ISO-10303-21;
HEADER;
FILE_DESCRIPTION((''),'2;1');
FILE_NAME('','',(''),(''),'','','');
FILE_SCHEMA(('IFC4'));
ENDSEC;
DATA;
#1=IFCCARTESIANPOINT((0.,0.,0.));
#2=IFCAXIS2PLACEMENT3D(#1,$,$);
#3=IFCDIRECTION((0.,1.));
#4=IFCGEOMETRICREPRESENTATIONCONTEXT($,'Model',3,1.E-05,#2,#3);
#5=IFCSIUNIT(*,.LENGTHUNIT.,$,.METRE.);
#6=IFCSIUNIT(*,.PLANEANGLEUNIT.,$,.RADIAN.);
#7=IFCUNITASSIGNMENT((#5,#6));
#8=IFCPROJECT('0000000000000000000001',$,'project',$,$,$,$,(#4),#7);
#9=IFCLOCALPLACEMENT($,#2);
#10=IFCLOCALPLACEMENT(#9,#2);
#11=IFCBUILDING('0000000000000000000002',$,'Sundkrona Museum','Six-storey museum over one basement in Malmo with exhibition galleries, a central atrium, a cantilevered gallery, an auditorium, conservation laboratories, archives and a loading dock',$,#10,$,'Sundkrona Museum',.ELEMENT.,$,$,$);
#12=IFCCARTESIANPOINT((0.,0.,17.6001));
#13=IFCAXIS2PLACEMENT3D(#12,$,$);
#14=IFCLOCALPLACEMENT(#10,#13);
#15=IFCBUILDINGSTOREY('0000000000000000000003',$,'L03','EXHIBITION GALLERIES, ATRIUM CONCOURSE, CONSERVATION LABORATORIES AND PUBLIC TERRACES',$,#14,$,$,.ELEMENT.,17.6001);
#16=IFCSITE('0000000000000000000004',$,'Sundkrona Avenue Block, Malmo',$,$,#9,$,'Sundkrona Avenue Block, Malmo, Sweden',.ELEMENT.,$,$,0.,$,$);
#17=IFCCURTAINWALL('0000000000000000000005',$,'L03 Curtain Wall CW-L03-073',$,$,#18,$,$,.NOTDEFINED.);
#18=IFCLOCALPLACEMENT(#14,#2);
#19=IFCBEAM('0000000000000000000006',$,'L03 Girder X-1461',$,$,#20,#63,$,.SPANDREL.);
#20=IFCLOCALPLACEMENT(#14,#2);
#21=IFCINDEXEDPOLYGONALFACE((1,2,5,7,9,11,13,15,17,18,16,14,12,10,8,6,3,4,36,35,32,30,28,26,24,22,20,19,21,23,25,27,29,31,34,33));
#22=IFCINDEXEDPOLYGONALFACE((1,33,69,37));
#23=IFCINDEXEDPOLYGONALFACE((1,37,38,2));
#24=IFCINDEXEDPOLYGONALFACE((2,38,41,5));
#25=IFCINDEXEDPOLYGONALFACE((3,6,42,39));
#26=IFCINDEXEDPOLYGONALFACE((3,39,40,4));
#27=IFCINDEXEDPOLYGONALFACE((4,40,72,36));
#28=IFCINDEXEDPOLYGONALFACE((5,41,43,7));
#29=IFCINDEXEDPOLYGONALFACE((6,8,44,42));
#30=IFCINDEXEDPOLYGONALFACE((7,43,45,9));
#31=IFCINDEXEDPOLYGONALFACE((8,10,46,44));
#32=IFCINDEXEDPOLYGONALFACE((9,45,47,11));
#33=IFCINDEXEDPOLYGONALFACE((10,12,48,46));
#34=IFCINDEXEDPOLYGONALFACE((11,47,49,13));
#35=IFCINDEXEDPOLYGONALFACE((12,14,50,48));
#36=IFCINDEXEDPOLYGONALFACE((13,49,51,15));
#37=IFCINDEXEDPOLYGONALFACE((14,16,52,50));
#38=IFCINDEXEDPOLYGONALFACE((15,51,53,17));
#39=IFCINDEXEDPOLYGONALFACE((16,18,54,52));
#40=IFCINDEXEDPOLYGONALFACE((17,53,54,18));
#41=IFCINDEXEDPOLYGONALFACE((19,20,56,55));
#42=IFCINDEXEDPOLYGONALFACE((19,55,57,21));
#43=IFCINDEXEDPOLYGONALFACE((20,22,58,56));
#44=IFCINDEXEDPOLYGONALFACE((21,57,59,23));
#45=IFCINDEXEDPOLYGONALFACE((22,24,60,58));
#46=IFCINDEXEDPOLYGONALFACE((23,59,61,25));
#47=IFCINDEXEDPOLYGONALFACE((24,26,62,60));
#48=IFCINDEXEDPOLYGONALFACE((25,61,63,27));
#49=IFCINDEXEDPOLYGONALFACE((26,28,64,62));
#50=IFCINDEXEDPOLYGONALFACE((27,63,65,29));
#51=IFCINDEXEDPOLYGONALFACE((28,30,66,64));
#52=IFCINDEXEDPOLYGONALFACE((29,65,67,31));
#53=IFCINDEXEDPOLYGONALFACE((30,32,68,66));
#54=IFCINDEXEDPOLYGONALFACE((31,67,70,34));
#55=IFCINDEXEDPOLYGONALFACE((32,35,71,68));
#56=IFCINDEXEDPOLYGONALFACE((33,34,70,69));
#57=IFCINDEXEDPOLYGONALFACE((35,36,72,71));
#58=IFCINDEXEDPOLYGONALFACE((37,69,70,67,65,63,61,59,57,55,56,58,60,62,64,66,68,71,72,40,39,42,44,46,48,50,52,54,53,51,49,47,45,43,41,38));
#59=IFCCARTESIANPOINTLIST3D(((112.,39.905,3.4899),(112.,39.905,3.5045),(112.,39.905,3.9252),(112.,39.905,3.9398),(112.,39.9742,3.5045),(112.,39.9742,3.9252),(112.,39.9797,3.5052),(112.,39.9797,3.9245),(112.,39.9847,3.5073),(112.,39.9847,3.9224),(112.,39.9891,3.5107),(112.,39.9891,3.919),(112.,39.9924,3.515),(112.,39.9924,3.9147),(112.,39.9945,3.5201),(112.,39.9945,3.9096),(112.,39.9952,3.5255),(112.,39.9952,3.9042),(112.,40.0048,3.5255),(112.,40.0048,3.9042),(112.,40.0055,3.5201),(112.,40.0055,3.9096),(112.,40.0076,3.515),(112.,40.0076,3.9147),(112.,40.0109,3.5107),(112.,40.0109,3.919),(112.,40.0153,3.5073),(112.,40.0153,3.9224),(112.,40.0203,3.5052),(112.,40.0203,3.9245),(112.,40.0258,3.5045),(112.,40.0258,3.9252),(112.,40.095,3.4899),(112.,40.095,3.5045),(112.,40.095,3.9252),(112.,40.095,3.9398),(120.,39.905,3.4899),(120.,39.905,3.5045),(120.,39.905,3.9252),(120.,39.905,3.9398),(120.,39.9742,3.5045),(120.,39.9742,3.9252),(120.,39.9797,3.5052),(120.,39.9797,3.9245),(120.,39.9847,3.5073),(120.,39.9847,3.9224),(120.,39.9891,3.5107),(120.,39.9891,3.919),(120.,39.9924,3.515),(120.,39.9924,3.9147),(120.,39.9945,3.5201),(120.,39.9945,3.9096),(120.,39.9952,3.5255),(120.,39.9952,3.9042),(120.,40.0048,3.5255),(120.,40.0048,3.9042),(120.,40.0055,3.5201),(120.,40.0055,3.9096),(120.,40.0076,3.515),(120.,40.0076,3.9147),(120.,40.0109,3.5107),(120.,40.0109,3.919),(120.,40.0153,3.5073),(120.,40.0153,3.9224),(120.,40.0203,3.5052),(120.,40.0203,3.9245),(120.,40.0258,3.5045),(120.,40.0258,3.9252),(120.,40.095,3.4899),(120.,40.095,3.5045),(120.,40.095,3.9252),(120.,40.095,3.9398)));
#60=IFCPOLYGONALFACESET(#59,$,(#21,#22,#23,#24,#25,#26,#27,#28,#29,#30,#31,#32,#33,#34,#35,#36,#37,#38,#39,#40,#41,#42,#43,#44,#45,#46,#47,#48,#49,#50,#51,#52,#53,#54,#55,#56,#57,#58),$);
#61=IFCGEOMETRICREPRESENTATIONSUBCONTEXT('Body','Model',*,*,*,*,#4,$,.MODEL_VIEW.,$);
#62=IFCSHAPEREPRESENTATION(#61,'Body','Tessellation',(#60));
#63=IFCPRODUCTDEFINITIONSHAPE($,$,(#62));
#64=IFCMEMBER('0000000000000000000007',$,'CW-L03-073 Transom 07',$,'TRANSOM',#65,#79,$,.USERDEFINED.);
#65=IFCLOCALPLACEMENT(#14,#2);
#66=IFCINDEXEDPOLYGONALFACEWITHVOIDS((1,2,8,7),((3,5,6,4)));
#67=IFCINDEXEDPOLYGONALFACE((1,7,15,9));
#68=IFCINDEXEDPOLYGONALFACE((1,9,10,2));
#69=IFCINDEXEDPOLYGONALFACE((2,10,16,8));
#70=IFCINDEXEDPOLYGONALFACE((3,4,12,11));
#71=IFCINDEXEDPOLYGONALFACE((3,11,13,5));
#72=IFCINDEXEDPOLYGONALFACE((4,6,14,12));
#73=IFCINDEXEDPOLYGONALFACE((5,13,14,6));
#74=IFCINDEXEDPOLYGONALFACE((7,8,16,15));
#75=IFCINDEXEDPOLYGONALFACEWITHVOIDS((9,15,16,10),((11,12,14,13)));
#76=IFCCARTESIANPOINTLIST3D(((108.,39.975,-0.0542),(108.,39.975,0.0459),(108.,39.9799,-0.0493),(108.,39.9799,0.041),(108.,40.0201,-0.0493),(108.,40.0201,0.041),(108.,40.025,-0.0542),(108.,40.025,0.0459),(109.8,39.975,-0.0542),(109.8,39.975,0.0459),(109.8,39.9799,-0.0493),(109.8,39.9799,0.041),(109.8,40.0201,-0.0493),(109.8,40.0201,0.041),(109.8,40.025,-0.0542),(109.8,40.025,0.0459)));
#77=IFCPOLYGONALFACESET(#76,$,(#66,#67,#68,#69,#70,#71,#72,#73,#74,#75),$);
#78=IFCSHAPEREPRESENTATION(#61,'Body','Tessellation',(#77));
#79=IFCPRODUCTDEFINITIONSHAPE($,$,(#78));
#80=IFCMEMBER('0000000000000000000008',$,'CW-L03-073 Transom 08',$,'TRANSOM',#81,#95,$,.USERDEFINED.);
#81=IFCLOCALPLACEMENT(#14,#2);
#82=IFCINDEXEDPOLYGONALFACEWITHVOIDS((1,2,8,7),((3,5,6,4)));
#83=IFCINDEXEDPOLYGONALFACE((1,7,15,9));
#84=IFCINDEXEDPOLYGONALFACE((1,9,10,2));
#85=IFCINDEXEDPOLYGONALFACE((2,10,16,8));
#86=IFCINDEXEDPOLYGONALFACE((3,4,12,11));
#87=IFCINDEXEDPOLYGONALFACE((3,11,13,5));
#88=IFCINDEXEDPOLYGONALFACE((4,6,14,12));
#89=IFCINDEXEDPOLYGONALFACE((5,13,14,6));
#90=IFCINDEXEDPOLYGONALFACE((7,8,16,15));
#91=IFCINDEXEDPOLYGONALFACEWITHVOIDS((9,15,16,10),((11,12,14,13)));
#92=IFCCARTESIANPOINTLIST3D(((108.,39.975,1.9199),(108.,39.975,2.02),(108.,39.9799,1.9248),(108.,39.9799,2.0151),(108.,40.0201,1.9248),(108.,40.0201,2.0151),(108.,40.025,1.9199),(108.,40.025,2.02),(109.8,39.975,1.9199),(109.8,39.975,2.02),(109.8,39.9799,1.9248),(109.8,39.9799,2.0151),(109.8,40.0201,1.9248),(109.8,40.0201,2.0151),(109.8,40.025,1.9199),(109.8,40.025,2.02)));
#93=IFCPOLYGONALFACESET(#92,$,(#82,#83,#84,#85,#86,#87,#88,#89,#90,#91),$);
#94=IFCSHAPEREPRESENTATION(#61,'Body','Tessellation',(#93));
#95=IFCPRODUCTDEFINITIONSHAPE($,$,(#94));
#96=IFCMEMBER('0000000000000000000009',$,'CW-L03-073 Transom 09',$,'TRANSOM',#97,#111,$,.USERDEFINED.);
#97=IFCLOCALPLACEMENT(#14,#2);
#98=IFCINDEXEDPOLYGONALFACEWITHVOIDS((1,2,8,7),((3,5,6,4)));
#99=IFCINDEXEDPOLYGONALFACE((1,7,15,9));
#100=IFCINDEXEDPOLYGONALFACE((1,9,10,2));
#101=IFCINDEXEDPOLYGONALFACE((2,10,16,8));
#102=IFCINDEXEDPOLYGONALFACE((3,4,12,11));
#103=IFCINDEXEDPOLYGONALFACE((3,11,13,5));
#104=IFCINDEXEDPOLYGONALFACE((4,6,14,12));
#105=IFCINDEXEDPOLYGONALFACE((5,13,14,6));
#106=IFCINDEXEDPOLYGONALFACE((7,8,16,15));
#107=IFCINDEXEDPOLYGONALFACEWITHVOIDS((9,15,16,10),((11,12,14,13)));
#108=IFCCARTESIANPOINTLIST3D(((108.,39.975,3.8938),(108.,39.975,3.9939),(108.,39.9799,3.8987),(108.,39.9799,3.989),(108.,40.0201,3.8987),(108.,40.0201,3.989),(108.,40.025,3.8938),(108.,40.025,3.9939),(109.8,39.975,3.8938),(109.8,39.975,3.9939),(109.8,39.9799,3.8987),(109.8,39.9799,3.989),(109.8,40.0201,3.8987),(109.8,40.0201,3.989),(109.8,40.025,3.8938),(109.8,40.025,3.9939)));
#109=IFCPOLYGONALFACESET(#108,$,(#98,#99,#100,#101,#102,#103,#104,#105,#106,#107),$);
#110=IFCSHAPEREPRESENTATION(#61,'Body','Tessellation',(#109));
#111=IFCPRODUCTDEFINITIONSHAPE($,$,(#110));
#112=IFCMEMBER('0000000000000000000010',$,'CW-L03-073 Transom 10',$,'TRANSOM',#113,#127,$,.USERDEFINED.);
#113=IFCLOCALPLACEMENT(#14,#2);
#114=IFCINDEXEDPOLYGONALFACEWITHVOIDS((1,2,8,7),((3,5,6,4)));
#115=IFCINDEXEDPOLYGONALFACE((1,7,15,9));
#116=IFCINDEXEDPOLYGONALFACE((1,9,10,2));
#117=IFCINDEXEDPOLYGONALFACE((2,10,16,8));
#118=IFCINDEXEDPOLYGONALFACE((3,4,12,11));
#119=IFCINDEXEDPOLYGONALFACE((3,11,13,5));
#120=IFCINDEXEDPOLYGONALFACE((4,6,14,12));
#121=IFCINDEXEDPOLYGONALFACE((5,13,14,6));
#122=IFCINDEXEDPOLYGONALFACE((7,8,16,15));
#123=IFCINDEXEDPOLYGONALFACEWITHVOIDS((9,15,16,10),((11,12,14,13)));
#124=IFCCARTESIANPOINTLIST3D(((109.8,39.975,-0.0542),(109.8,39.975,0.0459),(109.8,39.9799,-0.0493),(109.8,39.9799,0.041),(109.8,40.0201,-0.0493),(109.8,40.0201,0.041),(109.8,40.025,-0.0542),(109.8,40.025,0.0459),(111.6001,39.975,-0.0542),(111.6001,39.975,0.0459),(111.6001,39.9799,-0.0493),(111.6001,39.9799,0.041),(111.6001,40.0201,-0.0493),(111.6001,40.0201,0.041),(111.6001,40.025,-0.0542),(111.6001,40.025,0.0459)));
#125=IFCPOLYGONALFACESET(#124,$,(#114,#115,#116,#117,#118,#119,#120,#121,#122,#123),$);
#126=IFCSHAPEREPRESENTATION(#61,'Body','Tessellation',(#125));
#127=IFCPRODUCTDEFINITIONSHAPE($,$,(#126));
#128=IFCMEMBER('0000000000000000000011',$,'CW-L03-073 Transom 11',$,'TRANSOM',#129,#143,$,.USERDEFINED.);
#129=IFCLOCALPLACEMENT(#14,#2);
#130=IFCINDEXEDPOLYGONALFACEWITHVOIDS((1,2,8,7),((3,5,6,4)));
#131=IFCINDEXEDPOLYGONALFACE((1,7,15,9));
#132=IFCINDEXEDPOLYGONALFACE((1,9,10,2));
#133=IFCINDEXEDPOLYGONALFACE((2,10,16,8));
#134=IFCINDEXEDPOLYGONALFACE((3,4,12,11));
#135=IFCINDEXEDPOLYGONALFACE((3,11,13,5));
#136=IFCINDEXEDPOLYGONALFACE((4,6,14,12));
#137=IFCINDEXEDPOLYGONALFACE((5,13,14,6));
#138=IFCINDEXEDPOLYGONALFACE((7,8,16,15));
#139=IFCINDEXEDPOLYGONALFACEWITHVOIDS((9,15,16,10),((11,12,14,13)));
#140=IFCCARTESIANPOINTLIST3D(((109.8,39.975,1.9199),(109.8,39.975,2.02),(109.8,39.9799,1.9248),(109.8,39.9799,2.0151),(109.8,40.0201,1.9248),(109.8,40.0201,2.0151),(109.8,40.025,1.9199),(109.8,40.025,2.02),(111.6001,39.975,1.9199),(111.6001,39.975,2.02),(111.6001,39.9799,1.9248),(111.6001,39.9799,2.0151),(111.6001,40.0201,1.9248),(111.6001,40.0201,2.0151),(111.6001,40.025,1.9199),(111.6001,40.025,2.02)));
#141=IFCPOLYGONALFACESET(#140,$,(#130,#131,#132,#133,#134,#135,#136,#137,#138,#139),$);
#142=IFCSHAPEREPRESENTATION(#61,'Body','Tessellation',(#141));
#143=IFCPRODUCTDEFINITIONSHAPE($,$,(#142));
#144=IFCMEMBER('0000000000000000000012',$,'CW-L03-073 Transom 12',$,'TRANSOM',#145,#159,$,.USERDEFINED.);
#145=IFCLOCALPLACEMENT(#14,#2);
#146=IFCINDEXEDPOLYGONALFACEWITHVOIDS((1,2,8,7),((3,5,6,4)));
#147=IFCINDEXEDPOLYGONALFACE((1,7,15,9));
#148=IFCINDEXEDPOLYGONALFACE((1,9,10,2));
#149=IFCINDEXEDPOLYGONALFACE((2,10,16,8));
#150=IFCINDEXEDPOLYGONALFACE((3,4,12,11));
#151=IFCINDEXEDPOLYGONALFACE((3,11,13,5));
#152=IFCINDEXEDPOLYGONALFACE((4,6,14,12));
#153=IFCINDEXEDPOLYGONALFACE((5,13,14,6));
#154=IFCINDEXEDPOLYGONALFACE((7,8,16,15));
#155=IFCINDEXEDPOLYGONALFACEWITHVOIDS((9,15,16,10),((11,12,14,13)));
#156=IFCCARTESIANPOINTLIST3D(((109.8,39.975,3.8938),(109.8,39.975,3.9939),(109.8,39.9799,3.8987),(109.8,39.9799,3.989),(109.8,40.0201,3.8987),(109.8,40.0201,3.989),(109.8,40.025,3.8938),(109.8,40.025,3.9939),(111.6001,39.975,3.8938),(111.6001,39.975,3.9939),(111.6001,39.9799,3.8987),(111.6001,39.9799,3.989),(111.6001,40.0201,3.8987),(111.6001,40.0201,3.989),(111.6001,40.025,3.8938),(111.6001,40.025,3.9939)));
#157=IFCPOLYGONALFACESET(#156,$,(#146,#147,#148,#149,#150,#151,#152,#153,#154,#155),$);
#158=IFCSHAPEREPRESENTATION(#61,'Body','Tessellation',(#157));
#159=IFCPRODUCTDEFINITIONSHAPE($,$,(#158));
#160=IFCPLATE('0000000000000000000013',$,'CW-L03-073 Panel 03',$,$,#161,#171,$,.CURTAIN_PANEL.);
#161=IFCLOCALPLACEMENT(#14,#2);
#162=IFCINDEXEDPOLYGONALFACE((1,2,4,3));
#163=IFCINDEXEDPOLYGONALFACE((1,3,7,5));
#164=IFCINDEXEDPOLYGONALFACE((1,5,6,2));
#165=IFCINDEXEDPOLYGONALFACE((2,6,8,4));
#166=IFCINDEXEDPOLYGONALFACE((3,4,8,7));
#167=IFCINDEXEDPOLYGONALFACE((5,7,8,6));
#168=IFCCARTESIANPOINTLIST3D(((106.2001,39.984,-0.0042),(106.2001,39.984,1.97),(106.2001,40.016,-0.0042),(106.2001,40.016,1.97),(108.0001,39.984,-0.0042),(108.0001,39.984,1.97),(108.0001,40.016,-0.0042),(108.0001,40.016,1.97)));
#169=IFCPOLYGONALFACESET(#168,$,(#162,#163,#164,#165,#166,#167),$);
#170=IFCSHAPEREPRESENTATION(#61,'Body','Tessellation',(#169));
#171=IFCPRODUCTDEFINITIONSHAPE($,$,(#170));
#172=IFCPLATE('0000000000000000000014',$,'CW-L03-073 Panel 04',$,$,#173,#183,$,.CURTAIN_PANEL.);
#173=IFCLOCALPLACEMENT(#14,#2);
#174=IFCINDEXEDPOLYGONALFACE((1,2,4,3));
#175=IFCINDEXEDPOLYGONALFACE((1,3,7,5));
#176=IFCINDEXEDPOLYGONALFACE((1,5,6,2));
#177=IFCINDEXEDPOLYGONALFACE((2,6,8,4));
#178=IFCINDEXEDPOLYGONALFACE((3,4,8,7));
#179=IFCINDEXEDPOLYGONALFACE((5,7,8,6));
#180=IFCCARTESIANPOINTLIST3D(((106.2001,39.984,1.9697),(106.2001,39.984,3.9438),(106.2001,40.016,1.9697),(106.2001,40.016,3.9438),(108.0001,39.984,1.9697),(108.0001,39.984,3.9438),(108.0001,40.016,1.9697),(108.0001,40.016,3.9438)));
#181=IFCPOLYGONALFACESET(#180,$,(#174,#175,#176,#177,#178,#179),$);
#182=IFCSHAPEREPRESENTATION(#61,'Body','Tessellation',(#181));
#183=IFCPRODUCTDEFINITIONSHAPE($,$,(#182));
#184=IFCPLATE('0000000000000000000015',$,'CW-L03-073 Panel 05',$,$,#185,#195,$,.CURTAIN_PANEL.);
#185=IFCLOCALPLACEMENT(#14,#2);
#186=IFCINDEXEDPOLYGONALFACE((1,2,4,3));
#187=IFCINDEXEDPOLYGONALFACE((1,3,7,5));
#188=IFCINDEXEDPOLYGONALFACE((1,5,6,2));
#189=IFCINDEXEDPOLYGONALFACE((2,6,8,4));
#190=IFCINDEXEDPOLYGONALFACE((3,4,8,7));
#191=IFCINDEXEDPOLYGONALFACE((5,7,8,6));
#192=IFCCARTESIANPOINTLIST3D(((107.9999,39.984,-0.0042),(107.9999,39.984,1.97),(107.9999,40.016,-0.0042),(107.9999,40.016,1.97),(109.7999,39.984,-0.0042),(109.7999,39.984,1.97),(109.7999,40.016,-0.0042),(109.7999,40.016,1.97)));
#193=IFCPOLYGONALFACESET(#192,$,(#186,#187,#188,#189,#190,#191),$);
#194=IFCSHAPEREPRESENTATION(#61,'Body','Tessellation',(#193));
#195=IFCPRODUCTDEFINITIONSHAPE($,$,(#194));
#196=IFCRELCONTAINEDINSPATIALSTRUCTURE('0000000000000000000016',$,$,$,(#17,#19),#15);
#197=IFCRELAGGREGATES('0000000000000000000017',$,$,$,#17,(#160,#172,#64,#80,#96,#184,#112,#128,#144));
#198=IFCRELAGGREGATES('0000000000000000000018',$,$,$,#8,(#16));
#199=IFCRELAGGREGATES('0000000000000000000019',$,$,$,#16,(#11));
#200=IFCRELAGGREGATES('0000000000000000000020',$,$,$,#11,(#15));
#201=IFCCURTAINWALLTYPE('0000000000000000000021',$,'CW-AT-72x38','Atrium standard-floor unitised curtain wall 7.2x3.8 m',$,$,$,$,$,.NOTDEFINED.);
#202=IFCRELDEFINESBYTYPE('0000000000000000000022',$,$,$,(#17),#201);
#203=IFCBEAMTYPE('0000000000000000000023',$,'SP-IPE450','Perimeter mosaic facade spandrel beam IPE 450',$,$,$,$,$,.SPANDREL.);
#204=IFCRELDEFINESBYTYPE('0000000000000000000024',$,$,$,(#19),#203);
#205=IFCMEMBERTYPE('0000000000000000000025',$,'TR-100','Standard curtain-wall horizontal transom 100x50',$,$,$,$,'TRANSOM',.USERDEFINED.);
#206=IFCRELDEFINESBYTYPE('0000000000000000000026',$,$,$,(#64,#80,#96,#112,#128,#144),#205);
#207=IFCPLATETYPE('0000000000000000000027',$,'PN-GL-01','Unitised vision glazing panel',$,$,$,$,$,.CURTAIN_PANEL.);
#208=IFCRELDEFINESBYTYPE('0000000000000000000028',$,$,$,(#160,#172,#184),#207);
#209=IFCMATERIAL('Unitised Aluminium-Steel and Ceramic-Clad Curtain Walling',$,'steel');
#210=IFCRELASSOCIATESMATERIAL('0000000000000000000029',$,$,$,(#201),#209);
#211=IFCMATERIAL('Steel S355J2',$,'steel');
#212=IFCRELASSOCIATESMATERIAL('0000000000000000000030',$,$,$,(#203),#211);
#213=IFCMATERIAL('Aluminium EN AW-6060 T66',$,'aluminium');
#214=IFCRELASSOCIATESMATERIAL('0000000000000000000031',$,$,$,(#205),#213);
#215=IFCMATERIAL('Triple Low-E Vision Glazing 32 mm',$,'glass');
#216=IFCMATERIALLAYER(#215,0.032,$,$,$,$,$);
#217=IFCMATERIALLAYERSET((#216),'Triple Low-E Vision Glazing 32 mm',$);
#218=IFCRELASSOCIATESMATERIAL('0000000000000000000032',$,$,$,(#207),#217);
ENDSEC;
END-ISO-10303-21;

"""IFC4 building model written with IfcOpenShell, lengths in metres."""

from ifc_helpers import new_model, si_unit, direction, frame, origin, origin_2d, place, context, subcontext, project, spatial, rectangle, hollow_rectangle, i_section, extrude, material, layer, layer_set, material_profile, profile_set, type_object, element, aggregate, save


model = new_model("IFC4")

# Units and contexts
model_context = context("Model", 3, precision=1e-05, world=origin(), true_north=direction((0.0, 1.0)))
body_context = subcontext(model_context, "Body", "Model", "MODEL_VIEW")
ifc_project = project(units=[si_unit("LENGTHUNIT", "METRE"), si_unit("PLANEANGLEUNIT", "RADIAN")], contexts=[model_context])

# Site, building, storey
site_placement = place(None, origin())
site = spatial("IfcSite", under=ifc_project, at=site_placement, Name="Sundkrona Avenue Block, Malmo", LongName="Sundkrona Avenue Block, Malmo, Sweden", CompositionType="ELEMENT", RefElevation=0.0)
building_placement = place(site_placement, origin())
building = spatial("IfcBuilding", under=site, at=building_placement, Name="Sundkrona Museum", Description="Six-storey museum over one basement in Malmo with exhibition galleries, a central atrium, a cantilevered gallery, an auditorium, conservation laboratories, archives and a loading dock", LongName="Sundkrona Museum", CompositionType="ELEMENT")
storey_placement = place(building_placement, frame((0.0, 0.0, 17.6001)))
storey = spatial("IfcBuildingStorey", under=building, at=storey_placement, Name="L03", Description="EXHIBITION GALLERIES, ATRIUM CONCOURSE, CONSERVATION LABORATORIES AND PUBLIC TERRACES", CompositionType="ELEMENT", Elevation=17.6001)

# Shared definitions
ifc_material_1 = material(Name="Steel S355J2", Category="steel")

# Curtain wall
ifc_material_2 = material(Name="Unitised Aluminium-Steel and Ceramic-Clad Curtain Walling", Category="steel")
curtain_wall_type = type_object("IfcCurtainWallType", Name="CW-AT-72x38", Description="Atrium standard-floor unitised curtain wall 7.2x3.8 m", PredefinedType="NOTDEFINED", material=ifc_material_2)
curtain_wall_1_placement = place(storey_placement, origin())
curtain_wall_1 = element("IfcCurtainWall", 1, at=curtain_wall_1_placement, inside=storey, type_object=curtain_wall_type, Name="L03 Curtain Wall CW-L03-073", PredefinedType="NOTDEFINED")
ifc_material_3 = material(Name="Aluminium EN AW-6060 T66", Category="aluminium")

# Beam
ifc_material_profile_1 = material_profile(ifc_material_1, i_section(OverallWidth=0.1899, OverallDepth=0.45, WebThickness=0.0095, FlangeThickness=0.0146, FilletRadius=0.021, at=origin_2d()), Name="IPE 450")
ifc_profile_set_1 = profile_set([ifc_material_profile_1], Name="Steel S355J2")
beam_type_1 = type_object("IfcBeamType", Name="SP-IPE450", Description="Perimeter mosaic facade spandrel beam IPE 450", PredefinedType="SPANDREL", material=ifc_profile_set_1)
beam_1_placement = place(storey_placement, frame((112.0, 40.0, 3.7148), z_axis=(1.0, 0.0, 0.0), x_axis=(0.0, 1.0, 0.0)))
element("IfcBeam", 2, at=beam_1_placement, inside=storey, type_object=beam_type_1, Name="L03 Girder X-1461", PredefinedType="SPANDREL", context=body_context, shape_type="SweptSolid", body=[
    extrude(i_section(OverallWidth=0.1899, OverallDepth=0.45, WebThickness=0.0095, FlangeThickness=0.0146, FilletRadius=0.021, at=origin_2d()), origin(), (0.0, 0.0, 1.0), 8.0),
])

# Members
ifc_material_profile_2 = material_profile(ifc_material_3, hollow_rectangle(XDim=0.05, YDim=0.1001, WallThickness=0.0049, at=origin_2d()), Name="RHS 100x50x5.0")
ifc_profile_set_2 = profile_set([ifc_material_profile_2], Name="Aluminium EN AW-6060 T66")
member_type_1 = type_object("IfcMemberType", Name="TR-100", Description="Standard curtain-wall horizontal transom 100x50", ElementType="TRANSOM", PredefinedType="USERDEFINED", material=ifc_profile_set_2)
member_1_placement = place(storey_placement, frame((108.0, 40.0, -0.0042), z_axis=(1.0, 0.0, 0.0), x_axis=(0.0, 1.0, 0.0)))
member_1 = element("IfcMember", 3, at=member_1_placement, type_object=member_type_1, Name="CW-L03-073 Transom 07", ObjectType="TRANSOM", PredefinedType="USERDEFINED", context=body_context, shape_type="SweptSolid", body=[
    extrude(hollow_rectangle(XDim=0.05, YDim=0.1001, WallThickness=0.0049, at=origin_2d()), origin(), (0.0, 0.0, 1.0), 1.8),
])
member_2_placement = place(storey_placement, frame((108.0, 40.0, 1.97), z_axis=(1.0, 0.0, 0.0), x_axis=(0.0, 1.0, 0.0)))
member_2 = element("IfcMember", 4, at=member_2_placement, type_object=member_type_1, Name="CW-L03-073 Transom 08", ObjectType="TRANSOM", PredefinedType="USERDEFINED", context=body_context, shape_type="SweptSolid", body=[
    extrude(hollow_rectangle(XDim=0.05, YDim=0.1001, WallThickness=0.0049, at=origin_2d()), origin(), (0.0, 0.0, 1.0), 1.8),
])
member_3_placement = place(storey_placement, frame((108.0, 40.0, 3.9438), z_axis=(1.0, 0.0, 0.0), x_axis=(0.0, 1.0, 0.0)))
member_3 = element("IfcMember", 5, at=member_3_placement, type_object=member_type_1, Name="CW-L03-073 Transom 09", ObjectType="TRANSOM", PredefinedType="USERDEFINED", context=body_context, shape_type="SweptSolid", body=[
    extrude(hollow_rectangle(XDim=0.05, YDim=0.1001, WallThickness=0.0049, at=origin_2d()), origin(), (0.0, 0.0, 1.0), 1.8),
])
member_4_placement = place(storey_placement, frame((109.8, 40.0, -0.0042), z_axis=(1.0, 0.0, 0.0), x_axis=(0.0, 1.0, 0.0)))
member_4 = element("IfcMember", 6, at=member_4_placement, type_object=member_type_1, Name="CW-L03-073 Transom 10", ObjectType="TRANSOM", PredefinedType="USERDEFINED", context=body_context, shape_type="SweptSolid", body=[
    extrude(hollow_rectangle(XDim=0.05, YDim=0.1001, WallThickness=0.0049, at=origin_2d()), origin(), (0.0, 0.0, 1.0), 1.8),
])
member_5_placement = place(storey_placement, frame((109.8, 40.0, 1.97), z_axis=(1.0, 0.0, 0.0), x_axis=(0.0, 1.0, 0.0)))
member_5 = element("IfcMember", 7, at=member_5_placement, type_object=member_type_1, Name="CW-L03-073 Transom 11", ObjectType="TRANSOM", PredefinedType="USERDEFINED", context=body_context, shape_type="SweptSolid", body=[
    extrude(hollow_rectangle(XDim=0.05, YDim=0.1001, WallThickness=0.0049, at=origin_2d()), origin(), (0.0, 0.0, 1.0), 1.8),
])
member_6_placement = place(storey_placement, frame((109.8, 40.0, 3.9438), z_axis=(1.0, 0.0, 0.0), x_axis=(0.0, 1.0, 0.0)))
member_6 = element("IfcMember", 8, at=member_6_placement, type_object=member_type_1, Name="CW-L03-073 Transom 12", ObjectType="TRANSOM", PredefinedType="USERDEFINED", context=body_context, shape_type="SweptSolid", body=[
    extrude(hollow_rectangle(XDim=0.05, YDim=0.1001, WallThickness=0.0049, at=origin_2d()), origin(), (0.0, 0.0, 1.0), 1.8),
])

# Plates
ifc_material_4 = material(Name="Triple Low-E Vision Glazing 32 mm", Category="glass")
ifc_layer = layer(ifc_material_4, 0.032)
ifc_layer_set = layer_set([ifc_layer], Name="Triple Low-E Vision Glazing 32 mm")
plate_type = type_object("IfcPlateType", Name="PN-GL-01", Description="Unitised vision glazing panel", PredefinedType="CURTAIN_PANEL", material=ifc_layer_set)
plate_1_placement = place(storey_placement, frame((107.1001, 40.0, -0.0042), z_axis=(0.0, 0.0, 1.0), x_axis=(1.0, 0.0, 0.0)))
plate_1 = element("IfcPlate", 9, at=plate_1_placement, type_object=plate_type, Name="CW-L03-073 Panel 03", PredefinedType="CURTAIN_PANEL", context=body_context, shape_type="SweptSolid", body=[
    extrude(rectangle(XDim=1.8, YDim=0.032, at=origin_2d()), origin(), (0.0, 0.0, 1.0), 1.9741),
])
plate_2_placement = place(storey_placement, frame((107.1001, 40.0, 1.9697), z_axis=(0.0, 0.0, 1.0), x_axis=(1.0, 0.0, 0.0)))
plate_2 = element("IfcPlate", 10, at=plate_2_placement, type_object=plate_type, Name="CW-L03-073 Panel 04", PredefinedType="CURTAIN_PANEL", context=body_context, shape_type="SweptSolid", body=[
    extrude(rectangle(XDim=1.8, YDim=0.032, at=origin_2d()), origin(), (0.0, 0.0, 1.0), 1.9741),
])
plate_3_placement = place(storey_placement, frame((108.8999, 40.0, -0.0042), z_axis=(0.0, 0.0, 1.0), x_axis=(1.0, 0.0, 0.0)))
plate_3 = element("IfcPlate", 11, at=plate_3_placement, type_object=plate_type, Name="CW-L03-073 Panel 05", PredefinedType="CURTAIN_PANEL", context=body_context, shape_type="SweptSolid", body=[
    extrude(rectangle(XDim=1.8, YDim=0.032, at=origin_2d()), origin(), (0.0, 0.0, 1.0), 1.9741),
])
aggregate(curtain_wall_1, [plate_1, plate_2, member_1, member_2, member_3, plate_3, member_4, member_5, member_6])

save(model, "model.ifc")
